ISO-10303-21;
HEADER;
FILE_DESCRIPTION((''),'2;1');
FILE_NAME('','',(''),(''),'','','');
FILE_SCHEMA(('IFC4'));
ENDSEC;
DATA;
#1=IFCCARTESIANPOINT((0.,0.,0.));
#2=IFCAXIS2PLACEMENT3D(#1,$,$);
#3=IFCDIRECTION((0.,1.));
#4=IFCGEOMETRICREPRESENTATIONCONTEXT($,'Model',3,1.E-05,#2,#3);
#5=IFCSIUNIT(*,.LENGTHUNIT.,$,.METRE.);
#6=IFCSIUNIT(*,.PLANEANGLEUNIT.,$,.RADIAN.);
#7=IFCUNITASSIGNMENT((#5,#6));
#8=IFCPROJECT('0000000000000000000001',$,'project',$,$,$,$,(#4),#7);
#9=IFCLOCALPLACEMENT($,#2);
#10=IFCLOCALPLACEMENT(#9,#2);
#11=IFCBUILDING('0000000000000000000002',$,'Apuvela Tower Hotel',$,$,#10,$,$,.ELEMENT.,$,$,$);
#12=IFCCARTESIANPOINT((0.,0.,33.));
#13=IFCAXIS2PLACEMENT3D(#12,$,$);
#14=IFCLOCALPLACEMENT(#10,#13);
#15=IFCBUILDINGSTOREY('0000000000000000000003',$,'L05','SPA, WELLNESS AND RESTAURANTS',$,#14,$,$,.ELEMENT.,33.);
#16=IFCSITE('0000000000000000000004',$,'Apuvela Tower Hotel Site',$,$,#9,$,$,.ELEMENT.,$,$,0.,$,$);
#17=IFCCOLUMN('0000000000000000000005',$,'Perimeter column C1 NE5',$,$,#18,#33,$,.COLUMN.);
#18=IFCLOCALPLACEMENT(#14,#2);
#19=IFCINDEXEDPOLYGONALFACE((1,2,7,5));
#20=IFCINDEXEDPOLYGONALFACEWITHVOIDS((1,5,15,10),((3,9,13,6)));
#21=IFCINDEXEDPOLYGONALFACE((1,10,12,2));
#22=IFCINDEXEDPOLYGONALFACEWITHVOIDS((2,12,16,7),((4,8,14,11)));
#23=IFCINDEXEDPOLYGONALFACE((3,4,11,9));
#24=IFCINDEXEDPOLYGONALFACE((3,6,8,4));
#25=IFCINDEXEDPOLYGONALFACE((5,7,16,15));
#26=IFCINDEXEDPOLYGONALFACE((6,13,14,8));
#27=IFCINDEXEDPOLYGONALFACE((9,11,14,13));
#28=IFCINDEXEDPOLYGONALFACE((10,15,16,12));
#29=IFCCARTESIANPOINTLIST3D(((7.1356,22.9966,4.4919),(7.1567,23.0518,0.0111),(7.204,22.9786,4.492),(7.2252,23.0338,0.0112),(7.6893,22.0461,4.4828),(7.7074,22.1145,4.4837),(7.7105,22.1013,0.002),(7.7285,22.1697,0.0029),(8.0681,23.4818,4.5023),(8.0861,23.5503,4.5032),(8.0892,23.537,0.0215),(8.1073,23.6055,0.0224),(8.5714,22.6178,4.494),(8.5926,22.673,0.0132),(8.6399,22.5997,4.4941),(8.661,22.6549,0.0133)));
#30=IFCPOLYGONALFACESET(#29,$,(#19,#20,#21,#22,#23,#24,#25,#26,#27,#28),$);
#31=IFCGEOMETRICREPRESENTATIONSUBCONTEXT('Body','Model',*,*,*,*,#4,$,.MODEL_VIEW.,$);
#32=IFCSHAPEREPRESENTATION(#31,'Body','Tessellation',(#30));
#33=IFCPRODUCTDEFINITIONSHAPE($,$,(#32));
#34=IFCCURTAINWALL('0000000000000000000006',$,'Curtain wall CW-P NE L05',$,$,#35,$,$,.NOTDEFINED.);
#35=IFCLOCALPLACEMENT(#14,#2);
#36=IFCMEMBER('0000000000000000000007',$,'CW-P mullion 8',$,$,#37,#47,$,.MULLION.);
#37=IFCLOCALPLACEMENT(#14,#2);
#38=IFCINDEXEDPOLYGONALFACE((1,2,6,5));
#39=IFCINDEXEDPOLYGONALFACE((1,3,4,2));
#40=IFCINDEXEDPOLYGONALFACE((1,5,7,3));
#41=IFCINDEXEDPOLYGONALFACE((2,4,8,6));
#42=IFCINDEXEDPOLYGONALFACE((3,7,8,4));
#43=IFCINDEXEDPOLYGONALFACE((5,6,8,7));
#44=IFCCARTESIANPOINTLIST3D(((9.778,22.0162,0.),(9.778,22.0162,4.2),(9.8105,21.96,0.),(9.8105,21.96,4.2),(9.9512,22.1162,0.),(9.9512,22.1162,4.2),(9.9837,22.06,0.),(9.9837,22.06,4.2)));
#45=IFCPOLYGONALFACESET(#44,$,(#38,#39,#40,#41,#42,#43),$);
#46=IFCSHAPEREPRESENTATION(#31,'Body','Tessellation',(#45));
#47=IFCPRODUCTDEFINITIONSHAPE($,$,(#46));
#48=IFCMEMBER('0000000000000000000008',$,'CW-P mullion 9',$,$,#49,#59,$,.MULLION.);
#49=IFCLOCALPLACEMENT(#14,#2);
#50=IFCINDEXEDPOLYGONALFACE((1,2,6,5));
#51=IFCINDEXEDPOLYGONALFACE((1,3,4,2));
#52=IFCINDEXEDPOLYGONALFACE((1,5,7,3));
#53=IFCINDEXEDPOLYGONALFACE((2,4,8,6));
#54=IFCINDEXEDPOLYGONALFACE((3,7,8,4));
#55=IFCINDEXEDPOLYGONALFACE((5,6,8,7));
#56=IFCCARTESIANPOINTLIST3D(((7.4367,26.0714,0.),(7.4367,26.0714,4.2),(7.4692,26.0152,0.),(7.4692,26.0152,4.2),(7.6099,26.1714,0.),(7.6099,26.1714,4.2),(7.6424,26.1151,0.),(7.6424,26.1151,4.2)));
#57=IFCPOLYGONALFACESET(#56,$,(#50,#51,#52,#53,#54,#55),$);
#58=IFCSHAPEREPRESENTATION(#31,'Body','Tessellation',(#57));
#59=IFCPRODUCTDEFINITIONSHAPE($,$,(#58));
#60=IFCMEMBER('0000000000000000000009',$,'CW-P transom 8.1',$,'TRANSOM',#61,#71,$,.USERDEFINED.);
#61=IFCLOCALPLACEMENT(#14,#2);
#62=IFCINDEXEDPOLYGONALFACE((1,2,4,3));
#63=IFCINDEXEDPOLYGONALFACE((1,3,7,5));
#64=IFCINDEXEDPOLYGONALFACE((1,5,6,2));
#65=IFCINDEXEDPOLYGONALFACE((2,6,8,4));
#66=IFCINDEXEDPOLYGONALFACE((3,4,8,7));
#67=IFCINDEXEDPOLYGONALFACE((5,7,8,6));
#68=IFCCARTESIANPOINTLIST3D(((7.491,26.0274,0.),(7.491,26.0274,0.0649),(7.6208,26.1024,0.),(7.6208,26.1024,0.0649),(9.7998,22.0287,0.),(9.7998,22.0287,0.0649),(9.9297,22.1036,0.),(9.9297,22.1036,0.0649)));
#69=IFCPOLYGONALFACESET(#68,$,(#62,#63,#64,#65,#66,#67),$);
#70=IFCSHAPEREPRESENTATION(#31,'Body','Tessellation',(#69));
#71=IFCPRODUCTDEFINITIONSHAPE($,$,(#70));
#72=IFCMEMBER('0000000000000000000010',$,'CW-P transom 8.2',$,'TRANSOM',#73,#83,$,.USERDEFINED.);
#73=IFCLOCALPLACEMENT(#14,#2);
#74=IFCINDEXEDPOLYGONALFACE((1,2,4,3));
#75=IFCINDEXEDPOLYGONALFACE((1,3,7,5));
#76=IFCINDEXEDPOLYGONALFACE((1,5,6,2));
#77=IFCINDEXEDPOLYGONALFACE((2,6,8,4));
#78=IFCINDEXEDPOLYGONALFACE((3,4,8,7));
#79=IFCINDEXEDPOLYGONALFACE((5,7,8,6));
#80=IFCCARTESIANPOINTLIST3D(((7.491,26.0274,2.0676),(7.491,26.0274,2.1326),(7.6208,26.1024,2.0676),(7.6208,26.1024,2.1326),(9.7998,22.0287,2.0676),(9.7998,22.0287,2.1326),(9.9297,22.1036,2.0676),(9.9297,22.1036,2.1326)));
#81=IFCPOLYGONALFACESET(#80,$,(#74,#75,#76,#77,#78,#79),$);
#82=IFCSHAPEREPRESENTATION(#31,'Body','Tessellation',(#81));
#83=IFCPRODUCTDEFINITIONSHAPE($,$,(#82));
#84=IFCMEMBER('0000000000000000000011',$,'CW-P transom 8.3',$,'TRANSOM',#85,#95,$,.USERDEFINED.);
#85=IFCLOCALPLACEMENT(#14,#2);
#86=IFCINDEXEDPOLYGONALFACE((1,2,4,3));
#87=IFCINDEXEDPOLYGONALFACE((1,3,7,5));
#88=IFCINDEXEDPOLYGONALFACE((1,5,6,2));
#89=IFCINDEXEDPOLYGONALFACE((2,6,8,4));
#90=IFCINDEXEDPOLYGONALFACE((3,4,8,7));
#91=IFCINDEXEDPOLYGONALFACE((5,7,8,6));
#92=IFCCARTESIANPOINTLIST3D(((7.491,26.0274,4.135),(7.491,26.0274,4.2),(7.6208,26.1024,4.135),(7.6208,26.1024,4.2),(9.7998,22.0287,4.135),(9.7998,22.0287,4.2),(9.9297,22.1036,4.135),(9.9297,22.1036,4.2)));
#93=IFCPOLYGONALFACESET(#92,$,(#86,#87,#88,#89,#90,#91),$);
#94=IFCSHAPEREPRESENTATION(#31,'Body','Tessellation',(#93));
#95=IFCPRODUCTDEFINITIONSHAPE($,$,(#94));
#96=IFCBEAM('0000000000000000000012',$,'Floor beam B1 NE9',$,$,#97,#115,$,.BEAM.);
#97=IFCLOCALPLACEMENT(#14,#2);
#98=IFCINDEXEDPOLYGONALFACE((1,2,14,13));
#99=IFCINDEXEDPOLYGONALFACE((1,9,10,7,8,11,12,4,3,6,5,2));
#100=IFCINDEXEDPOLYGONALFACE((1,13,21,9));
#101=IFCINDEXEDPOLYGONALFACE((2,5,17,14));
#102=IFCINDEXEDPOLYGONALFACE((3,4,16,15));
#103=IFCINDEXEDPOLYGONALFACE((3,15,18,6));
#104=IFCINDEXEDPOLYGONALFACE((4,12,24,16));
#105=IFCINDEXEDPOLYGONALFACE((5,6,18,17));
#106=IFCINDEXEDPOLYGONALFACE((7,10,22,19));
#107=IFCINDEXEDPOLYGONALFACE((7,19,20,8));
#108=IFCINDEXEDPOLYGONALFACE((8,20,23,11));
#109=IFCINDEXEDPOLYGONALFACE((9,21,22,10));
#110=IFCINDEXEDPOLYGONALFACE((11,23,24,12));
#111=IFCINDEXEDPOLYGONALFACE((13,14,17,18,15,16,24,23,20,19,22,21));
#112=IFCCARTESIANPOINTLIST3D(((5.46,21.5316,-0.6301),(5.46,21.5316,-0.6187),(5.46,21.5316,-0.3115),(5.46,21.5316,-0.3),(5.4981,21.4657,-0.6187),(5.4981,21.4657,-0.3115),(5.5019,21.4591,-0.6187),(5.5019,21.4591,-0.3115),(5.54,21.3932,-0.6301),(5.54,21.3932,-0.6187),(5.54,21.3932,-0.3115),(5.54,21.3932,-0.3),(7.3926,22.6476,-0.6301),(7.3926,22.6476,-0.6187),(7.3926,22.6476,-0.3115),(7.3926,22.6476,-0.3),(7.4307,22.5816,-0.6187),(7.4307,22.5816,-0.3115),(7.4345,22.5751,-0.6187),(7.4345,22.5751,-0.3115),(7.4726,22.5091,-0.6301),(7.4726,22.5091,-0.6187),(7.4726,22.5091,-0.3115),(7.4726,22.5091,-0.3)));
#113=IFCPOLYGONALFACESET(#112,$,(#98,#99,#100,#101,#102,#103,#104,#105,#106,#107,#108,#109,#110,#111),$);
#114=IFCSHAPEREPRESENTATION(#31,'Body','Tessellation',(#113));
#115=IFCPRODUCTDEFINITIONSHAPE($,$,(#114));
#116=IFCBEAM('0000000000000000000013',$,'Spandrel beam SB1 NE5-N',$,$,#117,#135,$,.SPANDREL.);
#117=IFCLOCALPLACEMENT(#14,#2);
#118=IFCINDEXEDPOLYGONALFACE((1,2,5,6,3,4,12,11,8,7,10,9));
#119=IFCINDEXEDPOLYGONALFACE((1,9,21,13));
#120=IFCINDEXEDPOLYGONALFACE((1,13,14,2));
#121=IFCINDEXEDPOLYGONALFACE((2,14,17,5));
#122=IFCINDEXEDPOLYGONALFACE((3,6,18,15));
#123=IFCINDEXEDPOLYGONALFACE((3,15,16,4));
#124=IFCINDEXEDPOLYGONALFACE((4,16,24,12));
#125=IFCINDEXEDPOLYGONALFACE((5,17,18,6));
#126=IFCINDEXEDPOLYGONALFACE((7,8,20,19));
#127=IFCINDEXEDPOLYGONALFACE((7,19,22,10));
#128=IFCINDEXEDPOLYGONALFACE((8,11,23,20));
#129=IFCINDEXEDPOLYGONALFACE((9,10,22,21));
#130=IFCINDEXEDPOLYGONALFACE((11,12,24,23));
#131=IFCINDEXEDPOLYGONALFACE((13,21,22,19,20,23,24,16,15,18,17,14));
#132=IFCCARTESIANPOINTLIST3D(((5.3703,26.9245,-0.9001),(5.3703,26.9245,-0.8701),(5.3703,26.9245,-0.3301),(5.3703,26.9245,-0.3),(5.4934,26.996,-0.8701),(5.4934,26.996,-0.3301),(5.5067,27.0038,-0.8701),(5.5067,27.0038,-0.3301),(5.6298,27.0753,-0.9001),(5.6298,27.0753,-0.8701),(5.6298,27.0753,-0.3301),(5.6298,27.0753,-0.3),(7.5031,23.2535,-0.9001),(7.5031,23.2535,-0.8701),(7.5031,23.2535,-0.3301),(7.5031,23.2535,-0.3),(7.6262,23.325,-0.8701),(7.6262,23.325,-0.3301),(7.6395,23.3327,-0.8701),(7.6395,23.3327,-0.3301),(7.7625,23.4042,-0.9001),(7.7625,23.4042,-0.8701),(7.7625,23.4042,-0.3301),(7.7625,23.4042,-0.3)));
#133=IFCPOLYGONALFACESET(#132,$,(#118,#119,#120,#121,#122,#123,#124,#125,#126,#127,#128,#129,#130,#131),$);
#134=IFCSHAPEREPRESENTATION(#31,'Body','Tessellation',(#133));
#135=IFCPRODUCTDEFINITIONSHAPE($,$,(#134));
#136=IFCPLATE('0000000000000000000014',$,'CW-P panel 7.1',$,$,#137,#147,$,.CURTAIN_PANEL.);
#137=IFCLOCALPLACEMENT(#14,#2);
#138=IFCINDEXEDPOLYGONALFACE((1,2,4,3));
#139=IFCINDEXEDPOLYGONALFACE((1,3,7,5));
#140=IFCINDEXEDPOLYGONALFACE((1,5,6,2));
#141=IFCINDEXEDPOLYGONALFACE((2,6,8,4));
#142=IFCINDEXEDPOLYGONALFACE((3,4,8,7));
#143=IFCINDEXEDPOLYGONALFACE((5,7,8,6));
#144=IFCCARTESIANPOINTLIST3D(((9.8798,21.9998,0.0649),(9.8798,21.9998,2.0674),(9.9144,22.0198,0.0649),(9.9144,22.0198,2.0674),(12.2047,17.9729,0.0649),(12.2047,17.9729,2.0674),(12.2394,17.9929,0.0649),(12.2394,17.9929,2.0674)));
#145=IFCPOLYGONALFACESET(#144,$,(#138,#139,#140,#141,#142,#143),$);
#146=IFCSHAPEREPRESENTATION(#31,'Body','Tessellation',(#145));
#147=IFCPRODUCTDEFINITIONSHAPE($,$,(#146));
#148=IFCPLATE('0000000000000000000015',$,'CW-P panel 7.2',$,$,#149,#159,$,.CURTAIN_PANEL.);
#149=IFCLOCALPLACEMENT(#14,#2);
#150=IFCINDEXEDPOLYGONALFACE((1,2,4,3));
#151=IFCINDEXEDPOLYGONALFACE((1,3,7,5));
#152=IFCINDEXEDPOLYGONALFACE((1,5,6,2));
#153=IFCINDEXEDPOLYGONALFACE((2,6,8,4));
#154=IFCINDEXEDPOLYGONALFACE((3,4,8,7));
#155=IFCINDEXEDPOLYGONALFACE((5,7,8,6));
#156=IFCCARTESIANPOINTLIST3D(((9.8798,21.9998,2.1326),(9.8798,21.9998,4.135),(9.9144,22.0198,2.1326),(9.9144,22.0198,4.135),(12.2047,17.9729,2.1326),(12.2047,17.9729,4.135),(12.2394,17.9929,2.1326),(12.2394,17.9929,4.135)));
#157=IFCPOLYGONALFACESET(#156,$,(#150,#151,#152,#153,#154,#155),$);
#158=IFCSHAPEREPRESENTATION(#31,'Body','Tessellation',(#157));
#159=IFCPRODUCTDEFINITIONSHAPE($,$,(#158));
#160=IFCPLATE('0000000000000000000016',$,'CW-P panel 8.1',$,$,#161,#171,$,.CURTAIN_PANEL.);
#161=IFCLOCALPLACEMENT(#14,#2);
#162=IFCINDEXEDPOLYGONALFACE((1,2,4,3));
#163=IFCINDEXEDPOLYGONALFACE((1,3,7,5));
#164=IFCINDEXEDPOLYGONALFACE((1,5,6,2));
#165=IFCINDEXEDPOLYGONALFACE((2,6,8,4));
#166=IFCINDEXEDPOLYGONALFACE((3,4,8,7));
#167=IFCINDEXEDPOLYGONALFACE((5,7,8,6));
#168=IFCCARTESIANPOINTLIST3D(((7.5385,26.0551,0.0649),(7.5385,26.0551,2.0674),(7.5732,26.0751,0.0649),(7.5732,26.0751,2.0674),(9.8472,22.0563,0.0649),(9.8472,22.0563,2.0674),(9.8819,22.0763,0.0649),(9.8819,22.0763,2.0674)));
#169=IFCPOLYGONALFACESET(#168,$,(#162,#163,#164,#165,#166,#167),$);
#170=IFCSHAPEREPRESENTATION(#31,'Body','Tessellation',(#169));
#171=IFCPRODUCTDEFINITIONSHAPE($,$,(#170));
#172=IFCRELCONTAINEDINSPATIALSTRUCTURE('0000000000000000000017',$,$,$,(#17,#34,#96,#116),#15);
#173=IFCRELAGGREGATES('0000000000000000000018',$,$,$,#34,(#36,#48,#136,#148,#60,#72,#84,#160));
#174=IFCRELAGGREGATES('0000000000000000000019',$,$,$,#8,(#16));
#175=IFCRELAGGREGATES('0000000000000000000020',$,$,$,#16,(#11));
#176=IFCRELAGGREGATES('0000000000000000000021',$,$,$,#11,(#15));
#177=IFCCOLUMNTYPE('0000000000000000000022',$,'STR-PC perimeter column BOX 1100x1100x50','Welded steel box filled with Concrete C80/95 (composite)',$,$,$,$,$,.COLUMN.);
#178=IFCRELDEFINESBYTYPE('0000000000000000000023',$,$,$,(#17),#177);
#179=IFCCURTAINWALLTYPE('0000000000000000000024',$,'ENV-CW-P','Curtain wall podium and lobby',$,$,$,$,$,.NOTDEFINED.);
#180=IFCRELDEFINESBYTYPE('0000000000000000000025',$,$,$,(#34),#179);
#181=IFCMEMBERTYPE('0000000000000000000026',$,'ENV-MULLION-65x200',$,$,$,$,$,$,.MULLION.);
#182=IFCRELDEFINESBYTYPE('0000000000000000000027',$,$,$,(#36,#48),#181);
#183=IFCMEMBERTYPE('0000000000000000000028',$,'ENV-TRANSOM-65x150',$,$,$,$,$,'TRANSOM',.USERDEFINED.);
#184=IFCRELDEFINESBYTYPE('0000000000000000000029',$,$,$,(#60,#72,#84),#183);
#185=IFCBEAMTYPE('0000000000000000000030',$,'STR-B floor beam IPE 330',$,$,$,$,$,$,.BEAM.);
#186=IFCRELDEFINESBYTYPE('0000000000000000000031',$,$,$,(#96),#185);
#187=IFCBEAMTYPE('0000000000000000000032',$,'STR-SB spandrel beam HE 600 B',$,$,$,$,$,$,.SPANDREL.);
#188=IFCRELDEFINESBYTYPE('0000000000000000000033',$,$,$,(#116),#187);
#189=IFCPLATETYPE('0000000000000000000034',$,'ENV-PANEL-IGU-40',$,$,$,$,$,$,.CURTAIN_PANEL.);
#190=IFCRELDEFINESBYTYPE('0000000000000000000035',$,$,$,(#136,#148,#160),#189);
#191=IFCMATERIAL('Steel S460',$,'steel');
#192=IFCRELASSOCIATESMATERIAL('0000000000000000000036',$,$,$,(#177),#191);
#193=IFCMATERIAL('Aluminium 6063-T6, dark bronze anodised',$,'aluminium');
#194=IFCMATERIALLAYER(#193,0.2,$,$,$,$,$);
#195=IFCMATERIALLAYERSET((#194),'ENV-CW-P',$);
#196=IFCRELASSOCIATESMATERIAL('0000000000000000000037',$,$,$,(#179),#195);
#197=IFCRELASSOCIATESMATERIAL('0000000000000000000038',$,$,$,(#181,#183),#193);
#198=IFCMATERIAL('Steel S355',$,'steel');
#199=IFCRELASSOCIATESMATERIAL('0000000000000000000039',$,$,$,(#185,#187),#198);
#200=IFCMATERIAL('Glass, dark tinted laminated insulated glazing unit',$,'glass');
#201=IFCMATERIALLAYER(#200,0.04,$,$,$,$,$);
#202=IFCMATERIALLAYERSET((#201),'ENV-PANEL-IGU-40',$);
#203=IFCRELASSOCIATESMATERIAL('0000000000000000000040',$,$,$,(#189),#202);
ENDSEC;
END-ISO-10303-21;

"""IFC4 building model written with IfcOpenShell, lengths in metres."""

from ifc_helpers import new_model, si_unit, direction, frame, origin, origin_2d, place, context, subcontext, project, spatial, rectangle, hollow_rectangle, i_section, extrude, boolean, halfspace, material, layer, layer_set, material_profile, profile_set, type_object, element, aggregate, save


model = new_model("IFC4")

# Units and contexts
model_context = context("Model", 3, precision=1e-05, world=origin(), true_north=direction((0.0, 1.0)))
body_context = subcontext(model_context, "Body", "Model", "MODEL_VIEW")
ifc_project = project(units=[si_unit("LENGTHUNIT", "METRE"), si_unit("PLANEANGLEUNIT", "RADIAN")], contexts=[model_context])

# Site, building, storey
site_placement = place(None, origin())
site = spatial("IfcSite", under=ifc_project, at=site_placement, Name="Apuvela Tower Hotel Site", CompositionType="ELEMENT", RefElevation=0.0)
building_placement = place(site_placement, origin())
building = spatial("IfcBuilding", under=site, at=building_placement, Name="Apuvela Tower Hotel", CompositionType="ELEMENT")
storey_placement = place(building_placement, frame((0.0, 0.0, 33.0)))
storey = spatial("IfcBuildingStorey", under=building, at=storey_placement, Name="L05", Description="SPA, WELLNESS AND RESTAURANTS", CompositionType="ELEMENT", Elevation=33.0)

# Column
ifc_material_1 = material(Name="Steel S460", Category="steel")
ifc_material_profile_1 = material_profile(ifc_material_1, hollow_rectangle(XDim=1.1001, YDim=1.1001, WallThickness=0.05, at=origin_2d()), Name="BOX 1100x1100x50")
ifc_material_2 = material(Name="Concrete C80/95", Category="concrete")
ifc_material_profile_2 = material_profile(ifc_material_2, rectangle(XDim=1.0, YDim=1.0, at=origin_2d()), Name="Concrete C80/95 infill")
ifc_profile_set_1 = profile_set([ifc_material_profile_1, ifc_material_profile_2], Name="Steel S460")
column_type = type_object("IfcColumnType", Name="STR-PC perimeter column BOX 1100x1100x50", Description="Welded steel box filled with Concrete C80/95 (composite)", PredefinedType="COLUMN", material=ifc_profile_set_1)
column_placement = place(storey_placement, frame((7.9089, 22.8535, 0.0), z_axis=(-0.00472, -0.012314, 0.999913), x_axis=(-0.503344, 0.864047, 0.008265)))
element("IfcColumn", 1, at=column_placement, inside=storey, type_object=column_type, Name="Perimeter column C1 NE5", PredefinedType="COLUMN", context=body_context, shape_type="SweptSolid", body=[
    boolean("DIFFERENCE", boolean("DIFFERENCE", extrude(hollow_rectangle(XDim=1.1001, YDim=1.1001, WallThickness=0.05, at=origin_2d()), origin(), (0.0, 0.0, 1.0), 4.5005), halfspace(frame((0.0, 0.0, 0.0122), z_axis=(0.0, 0.0, 1.0), x_axis=(1.0, 0.0, 0.0)), True)), halfspace(frame((0.0, 0.0, 4.4934), z_axis=(0.0, 0.0, 1.0), x_axis=(1.0, 0.0, 0.0)), False)),
])

# Curtain wall, members
ifc_material_3 = material(Name="Aluminium 6063-T6, dark bronze anodised", Category="aluminium")
ifc_layer_1 = layer(ifc_material_3, 0.2)
ifc_layer_set_1 = layer_set([ifc_layer_1], Name="ENV-CW-P")
curtain_wall_type = type_object("IfcCurtainWallType", Name="ENV-CW-P", Description="Curtain wall podium and lobby", PredefinedType="NOTDEFINED", material=ifc_layer_set_1)
curtain_wall_placement = place(storey_placement, origin())
curtain_wall = element("IfcCurtainWall", 2, at=curtain_wall_placement, inside=storey, type_object=curtain_wall_type, Name="Curtain wall CW-P NE L05", PredefinedType="NOTDEFINED")
ifc_material_profile_3 = material_profile(ifc_material_3, rectangle(XDim=0.2, YDim=0.0649, at=origin_2d()), Name="AL 65x200")
ifc_profile_set_2 = profile_set([ifc_material_profile_3], Name="Aluminium 6063-T6, dark bronze anodised")
member_type_1 = type_object("IfcMemberType", Name="ENV-MULLION-65x200", PredefinedType="MULLION", material=ifc_profile_set_2)
member_1_placement = place(storey_placement, frame((9.8809, 22.0381, 0.0), z_axis=(0.0, 0.0, 1.0), x_axis=(-0.866026, -0.5, 0.0)))
member_1 = element("IfcMember", 3, at=member_1_placement, type_object=member_type_1, Name="CW-P mullion 8", PredefinedType="MULLION", context=body_context, shape_type="SweptSolid", body=[
    extrude(rectangle(XDim=0.2, YDim=0.0649, at=origin_2d()), origin(), (0.0, 0.0, 1.0), 4.2),
])
member_2_placement = place(storey_placement, frame((7.5396, 26.0933, 0.0), z_axis=(0.0, 0.0, 1.0), x_axis=(-0.866026, -0.5, 0.0)))
member_2 = element("IfcMember", 4, at=member_2_placement, type_object=member_type_1, Name="CW-P mullion 9", PredefinedType="MULLION", context=body_context, shape_type="SweptSolid", body=[
    extrude(rectangle(XDim=0.2, YDim=0.0649, at=origin_2d()), origin(), (0.0, 0.0, 1.0), 4.2),
])
ifc_material_profile_4 = material_profile(ifc_material_3, rectangle(XDim=0.1499, YDim=0.0649, at=origin_2d()), Name="AL 65x150 transom")
ifc_profile_set_3 = profile_set([ifc_material_profile_4], Name="Aluminium 6063-T6, dark bronze anodised")
member_type_2 = type_object("IfcMemberType", Name="ENV-TRANSOM-65x150", ElementType="TRANSOM", PredefinedType="USERDEFINED", material=ifc_profile_set_3)
member_3_placement = place(storey_placement, frame((9.8647, 22.0662, 0.0325), z_axis=(-0.500023, 0.866012, 0.0), x_axis=(-0.866012, -0.500023, 0.0)))
member_3 = element("IfcMember", 5, at=member_3_placement, type_object=member_type_2, Name="CW-P transom 8.1", ObjectType="TRANSOM", PredefinedType="USERDEFINED", context=body_context, shape_type="SweptSolid", body=[
    extrude(rectangle(XDim=0.1499, YDim=0.0649, at=origin_2d()), origin(), (0.0, 0.0, 1.0), 4.6174),
])
member_4_placement = place(storey_placement, frame((9.8647, 22.0662, 2.1001), z_axis=(-0.500023, 0.866012, 0.0), x_axis=(-0.866012, -0.500023, 0.0)))
member_4 = element("IfcMember", 6, at=member_4_placement, type_object=member_type_2, Name="CW-P transom 8.2", ObjectType="TRANSOM", PredefinedType="USERDEFINED", context=body_context, shape_type="SweptSolid", body=[
    extrude(rectangle(XDim=0.1499, YDim=0.0649, at=origin_2d()), origin(), (0.0, 0.0, 1.0), 4.6174),
])
member_5_placement = place(storey_placement, frame((9.8647, 22.0662, 4.1675), z_axis=(-0.500023, 0.866012, 0.0), x_axis=(-0.866012, -0.500023, 0.0)))
member_5 = element("IfcMember", 7, at=member_5_placement, type_object=member_type_2, Name="CW-P transom 8.3", ObjectType="TRANSOM", PredefinedType="USERDEFINED", context=body_context, shape_type="SweptSolid", body=[
    extrude(rectangle(XDim=0.1499, YDim=0.0649, at=origin_2d()), origin(), (0.0, 0.0, 1.0), 4.6174),
])

# Beams
ifc_material_4 = material(Name="Steel S355", Category="steel")
ifc_material_profile_5 = material_profile(ifc_material_4, i_section(OverallWidth=0.1599, OverallDepth=0.3301, WebThickness=0.0076, FlangeThickness=0.0115, at=origin_2d()), Name="IPE 330")
ifc_profile_set_4 = profile_set([ifc_material_profile_5], Name="Steel S355")
beam_type_1 = type_object("IfcBeamType", Name="STR-B floor beam IPE 330", PredefinedType="BEAM", material=ifc_profile_set_4)
beam_1_placement = place(storey_placement, frame((7.4326, 22.5784, -0.4651), z_axis=(-0.865992, -0.500057, 0.0), x_axis=(0.500057, -0.865992, 0.0)))
element("IfcBeam", 8, at=beam_1_placement, inside=storey, type_object=beam_type_1, Name="Floor beam B1 NE9", PredefinedType="BEAM", context=body_context, shape_type="SweptSolid", body=[
    extrude(i_section(OverallWidth=0.1599, OverallDepth=0.3301, WebThickness=0.0076, FlangeThickness=0.0115, at=origin_2d()), origin(), (0.0, 0.0, 1.0), 2.2317),
])
ifc_material_profile_6 = material_profile(ifc_material_4, i_section(OverallWidth=0.3, OverallDepth=0.6001, WebThickness=0.0154, FlangeThickness=0.03, at=origin_2d()), Name="HE 600 B")
ifc_profile_set_5 = profile_set([ifc_material_profile_6], Name="Steel S355")
beam_type_2 = type_object("IfcBeamType", Name="STR-SB spandrel beam HE 600 B", PredefinedType="SPANDREL", material=ifc_profile_set_5)
beam_2_placement = place(storey_placement, frame((7.6328, 23.3289, -0.6001), z_axis=(-0.502344, 0.864668, 0.0), x_axis=(-0.864668, -0.502344, 0.0)))
element("IfcBeam", 9, at=beam_2_placement, inside=storey, type_object=beam_type_2, Name="Spandrel beam SB1 NE5-N", PredefinedType="SPANDREL", context=body_context, shape_type="SweptSolid", body=[
    extrude(i_section(OverallWidth=0.3, OverallDepth=0.6001, WebThickness=0.0154, FlangeThickness=0.03, at=origin_2d()), origin(), (0.0, 0.0, 1.0), 4.2456),
])

# Plates
ifc_material_5 = material(Name="Glass, dark tinted laminated insulated glazing unit", Category="glass")
ifc_layer_2 = layer(ifc_material_5, 0.04)
ifc_layer_set_2 = layer_set([ifc_layer_2], Name="ENV-PANEL-IGU-40")
plate_type = type_object("IfcPlateType", Name="ENV-PANEL-IGU-40", PredefinedType="CURTAIN_PANEL", material=ifc_layer_set_2)
plate_1_placement = place(storey_placement, frame((11.0596, 19.9963, 0.0649), z_axis=(0.0, 0.0, 1.0), x_axis=(-0.5, 0.866026, 0.0)))
plate_1 = element("IfcPlate", 10, at=plate_1_placement, type_object=plate_type, Name="CW-P panel 7.1", PredefinedType="CURTAIN_PANEL", context=body_context, shape_type="SweptSolid", body=[
    extrude(rectangle(XDim=4.6499, YDim=0.04, at=origin_2d()), origin(), (0.0, 0.0, 1.0), 2.0024),
])
plate_2_placement = place(storey_placement, frame((11.0596, 19.9963, 2.1326), z_axis=(0.0, 0.0, 1.0), x_axis=(-0.5, 0.866026, 0.0)))
plate_2 = element("IfcPlate", 11, at=plate_2_placement, type_object=plate_type, Name="CW-P panel 7.2", PredefinedType="CURTAIN_PANEL", context=body_context, shape_type="SweptSolid", body=[
    extrude(rectangle(XDim=4.6499, YDim=0.04, at=origin_2d()), origin(), (0.0, 0.0, 1.0), 2.0024),
])
plate_3_placement = place(storey_placement, frame((8.7102, 24.0657, 0.0649), z_axis=(0.0, 0.0, 1.0), x_axis=(-0.5, 0.866026, 0.0)))
plate_3 = element("IfcPlate", 12, at=plate_3_placement, type_object=plate_type, Name="CW-P panel 8.1", PredefinedType="CURTAIN_PANEL", context=body_context, shape_type="SweptSolid", body=[
    extrude(rectangle(XDim=4.6174, YDim=0.04, at=origin_2d()), origin(), (0.0, 0.0, 1.0), 2.0024),
])
aggregate(curtain_wall, [member_1, member_2, plate_1, plate_2, member_3, member_4, member_5, plate_3])

save(model, "model.ifc")
